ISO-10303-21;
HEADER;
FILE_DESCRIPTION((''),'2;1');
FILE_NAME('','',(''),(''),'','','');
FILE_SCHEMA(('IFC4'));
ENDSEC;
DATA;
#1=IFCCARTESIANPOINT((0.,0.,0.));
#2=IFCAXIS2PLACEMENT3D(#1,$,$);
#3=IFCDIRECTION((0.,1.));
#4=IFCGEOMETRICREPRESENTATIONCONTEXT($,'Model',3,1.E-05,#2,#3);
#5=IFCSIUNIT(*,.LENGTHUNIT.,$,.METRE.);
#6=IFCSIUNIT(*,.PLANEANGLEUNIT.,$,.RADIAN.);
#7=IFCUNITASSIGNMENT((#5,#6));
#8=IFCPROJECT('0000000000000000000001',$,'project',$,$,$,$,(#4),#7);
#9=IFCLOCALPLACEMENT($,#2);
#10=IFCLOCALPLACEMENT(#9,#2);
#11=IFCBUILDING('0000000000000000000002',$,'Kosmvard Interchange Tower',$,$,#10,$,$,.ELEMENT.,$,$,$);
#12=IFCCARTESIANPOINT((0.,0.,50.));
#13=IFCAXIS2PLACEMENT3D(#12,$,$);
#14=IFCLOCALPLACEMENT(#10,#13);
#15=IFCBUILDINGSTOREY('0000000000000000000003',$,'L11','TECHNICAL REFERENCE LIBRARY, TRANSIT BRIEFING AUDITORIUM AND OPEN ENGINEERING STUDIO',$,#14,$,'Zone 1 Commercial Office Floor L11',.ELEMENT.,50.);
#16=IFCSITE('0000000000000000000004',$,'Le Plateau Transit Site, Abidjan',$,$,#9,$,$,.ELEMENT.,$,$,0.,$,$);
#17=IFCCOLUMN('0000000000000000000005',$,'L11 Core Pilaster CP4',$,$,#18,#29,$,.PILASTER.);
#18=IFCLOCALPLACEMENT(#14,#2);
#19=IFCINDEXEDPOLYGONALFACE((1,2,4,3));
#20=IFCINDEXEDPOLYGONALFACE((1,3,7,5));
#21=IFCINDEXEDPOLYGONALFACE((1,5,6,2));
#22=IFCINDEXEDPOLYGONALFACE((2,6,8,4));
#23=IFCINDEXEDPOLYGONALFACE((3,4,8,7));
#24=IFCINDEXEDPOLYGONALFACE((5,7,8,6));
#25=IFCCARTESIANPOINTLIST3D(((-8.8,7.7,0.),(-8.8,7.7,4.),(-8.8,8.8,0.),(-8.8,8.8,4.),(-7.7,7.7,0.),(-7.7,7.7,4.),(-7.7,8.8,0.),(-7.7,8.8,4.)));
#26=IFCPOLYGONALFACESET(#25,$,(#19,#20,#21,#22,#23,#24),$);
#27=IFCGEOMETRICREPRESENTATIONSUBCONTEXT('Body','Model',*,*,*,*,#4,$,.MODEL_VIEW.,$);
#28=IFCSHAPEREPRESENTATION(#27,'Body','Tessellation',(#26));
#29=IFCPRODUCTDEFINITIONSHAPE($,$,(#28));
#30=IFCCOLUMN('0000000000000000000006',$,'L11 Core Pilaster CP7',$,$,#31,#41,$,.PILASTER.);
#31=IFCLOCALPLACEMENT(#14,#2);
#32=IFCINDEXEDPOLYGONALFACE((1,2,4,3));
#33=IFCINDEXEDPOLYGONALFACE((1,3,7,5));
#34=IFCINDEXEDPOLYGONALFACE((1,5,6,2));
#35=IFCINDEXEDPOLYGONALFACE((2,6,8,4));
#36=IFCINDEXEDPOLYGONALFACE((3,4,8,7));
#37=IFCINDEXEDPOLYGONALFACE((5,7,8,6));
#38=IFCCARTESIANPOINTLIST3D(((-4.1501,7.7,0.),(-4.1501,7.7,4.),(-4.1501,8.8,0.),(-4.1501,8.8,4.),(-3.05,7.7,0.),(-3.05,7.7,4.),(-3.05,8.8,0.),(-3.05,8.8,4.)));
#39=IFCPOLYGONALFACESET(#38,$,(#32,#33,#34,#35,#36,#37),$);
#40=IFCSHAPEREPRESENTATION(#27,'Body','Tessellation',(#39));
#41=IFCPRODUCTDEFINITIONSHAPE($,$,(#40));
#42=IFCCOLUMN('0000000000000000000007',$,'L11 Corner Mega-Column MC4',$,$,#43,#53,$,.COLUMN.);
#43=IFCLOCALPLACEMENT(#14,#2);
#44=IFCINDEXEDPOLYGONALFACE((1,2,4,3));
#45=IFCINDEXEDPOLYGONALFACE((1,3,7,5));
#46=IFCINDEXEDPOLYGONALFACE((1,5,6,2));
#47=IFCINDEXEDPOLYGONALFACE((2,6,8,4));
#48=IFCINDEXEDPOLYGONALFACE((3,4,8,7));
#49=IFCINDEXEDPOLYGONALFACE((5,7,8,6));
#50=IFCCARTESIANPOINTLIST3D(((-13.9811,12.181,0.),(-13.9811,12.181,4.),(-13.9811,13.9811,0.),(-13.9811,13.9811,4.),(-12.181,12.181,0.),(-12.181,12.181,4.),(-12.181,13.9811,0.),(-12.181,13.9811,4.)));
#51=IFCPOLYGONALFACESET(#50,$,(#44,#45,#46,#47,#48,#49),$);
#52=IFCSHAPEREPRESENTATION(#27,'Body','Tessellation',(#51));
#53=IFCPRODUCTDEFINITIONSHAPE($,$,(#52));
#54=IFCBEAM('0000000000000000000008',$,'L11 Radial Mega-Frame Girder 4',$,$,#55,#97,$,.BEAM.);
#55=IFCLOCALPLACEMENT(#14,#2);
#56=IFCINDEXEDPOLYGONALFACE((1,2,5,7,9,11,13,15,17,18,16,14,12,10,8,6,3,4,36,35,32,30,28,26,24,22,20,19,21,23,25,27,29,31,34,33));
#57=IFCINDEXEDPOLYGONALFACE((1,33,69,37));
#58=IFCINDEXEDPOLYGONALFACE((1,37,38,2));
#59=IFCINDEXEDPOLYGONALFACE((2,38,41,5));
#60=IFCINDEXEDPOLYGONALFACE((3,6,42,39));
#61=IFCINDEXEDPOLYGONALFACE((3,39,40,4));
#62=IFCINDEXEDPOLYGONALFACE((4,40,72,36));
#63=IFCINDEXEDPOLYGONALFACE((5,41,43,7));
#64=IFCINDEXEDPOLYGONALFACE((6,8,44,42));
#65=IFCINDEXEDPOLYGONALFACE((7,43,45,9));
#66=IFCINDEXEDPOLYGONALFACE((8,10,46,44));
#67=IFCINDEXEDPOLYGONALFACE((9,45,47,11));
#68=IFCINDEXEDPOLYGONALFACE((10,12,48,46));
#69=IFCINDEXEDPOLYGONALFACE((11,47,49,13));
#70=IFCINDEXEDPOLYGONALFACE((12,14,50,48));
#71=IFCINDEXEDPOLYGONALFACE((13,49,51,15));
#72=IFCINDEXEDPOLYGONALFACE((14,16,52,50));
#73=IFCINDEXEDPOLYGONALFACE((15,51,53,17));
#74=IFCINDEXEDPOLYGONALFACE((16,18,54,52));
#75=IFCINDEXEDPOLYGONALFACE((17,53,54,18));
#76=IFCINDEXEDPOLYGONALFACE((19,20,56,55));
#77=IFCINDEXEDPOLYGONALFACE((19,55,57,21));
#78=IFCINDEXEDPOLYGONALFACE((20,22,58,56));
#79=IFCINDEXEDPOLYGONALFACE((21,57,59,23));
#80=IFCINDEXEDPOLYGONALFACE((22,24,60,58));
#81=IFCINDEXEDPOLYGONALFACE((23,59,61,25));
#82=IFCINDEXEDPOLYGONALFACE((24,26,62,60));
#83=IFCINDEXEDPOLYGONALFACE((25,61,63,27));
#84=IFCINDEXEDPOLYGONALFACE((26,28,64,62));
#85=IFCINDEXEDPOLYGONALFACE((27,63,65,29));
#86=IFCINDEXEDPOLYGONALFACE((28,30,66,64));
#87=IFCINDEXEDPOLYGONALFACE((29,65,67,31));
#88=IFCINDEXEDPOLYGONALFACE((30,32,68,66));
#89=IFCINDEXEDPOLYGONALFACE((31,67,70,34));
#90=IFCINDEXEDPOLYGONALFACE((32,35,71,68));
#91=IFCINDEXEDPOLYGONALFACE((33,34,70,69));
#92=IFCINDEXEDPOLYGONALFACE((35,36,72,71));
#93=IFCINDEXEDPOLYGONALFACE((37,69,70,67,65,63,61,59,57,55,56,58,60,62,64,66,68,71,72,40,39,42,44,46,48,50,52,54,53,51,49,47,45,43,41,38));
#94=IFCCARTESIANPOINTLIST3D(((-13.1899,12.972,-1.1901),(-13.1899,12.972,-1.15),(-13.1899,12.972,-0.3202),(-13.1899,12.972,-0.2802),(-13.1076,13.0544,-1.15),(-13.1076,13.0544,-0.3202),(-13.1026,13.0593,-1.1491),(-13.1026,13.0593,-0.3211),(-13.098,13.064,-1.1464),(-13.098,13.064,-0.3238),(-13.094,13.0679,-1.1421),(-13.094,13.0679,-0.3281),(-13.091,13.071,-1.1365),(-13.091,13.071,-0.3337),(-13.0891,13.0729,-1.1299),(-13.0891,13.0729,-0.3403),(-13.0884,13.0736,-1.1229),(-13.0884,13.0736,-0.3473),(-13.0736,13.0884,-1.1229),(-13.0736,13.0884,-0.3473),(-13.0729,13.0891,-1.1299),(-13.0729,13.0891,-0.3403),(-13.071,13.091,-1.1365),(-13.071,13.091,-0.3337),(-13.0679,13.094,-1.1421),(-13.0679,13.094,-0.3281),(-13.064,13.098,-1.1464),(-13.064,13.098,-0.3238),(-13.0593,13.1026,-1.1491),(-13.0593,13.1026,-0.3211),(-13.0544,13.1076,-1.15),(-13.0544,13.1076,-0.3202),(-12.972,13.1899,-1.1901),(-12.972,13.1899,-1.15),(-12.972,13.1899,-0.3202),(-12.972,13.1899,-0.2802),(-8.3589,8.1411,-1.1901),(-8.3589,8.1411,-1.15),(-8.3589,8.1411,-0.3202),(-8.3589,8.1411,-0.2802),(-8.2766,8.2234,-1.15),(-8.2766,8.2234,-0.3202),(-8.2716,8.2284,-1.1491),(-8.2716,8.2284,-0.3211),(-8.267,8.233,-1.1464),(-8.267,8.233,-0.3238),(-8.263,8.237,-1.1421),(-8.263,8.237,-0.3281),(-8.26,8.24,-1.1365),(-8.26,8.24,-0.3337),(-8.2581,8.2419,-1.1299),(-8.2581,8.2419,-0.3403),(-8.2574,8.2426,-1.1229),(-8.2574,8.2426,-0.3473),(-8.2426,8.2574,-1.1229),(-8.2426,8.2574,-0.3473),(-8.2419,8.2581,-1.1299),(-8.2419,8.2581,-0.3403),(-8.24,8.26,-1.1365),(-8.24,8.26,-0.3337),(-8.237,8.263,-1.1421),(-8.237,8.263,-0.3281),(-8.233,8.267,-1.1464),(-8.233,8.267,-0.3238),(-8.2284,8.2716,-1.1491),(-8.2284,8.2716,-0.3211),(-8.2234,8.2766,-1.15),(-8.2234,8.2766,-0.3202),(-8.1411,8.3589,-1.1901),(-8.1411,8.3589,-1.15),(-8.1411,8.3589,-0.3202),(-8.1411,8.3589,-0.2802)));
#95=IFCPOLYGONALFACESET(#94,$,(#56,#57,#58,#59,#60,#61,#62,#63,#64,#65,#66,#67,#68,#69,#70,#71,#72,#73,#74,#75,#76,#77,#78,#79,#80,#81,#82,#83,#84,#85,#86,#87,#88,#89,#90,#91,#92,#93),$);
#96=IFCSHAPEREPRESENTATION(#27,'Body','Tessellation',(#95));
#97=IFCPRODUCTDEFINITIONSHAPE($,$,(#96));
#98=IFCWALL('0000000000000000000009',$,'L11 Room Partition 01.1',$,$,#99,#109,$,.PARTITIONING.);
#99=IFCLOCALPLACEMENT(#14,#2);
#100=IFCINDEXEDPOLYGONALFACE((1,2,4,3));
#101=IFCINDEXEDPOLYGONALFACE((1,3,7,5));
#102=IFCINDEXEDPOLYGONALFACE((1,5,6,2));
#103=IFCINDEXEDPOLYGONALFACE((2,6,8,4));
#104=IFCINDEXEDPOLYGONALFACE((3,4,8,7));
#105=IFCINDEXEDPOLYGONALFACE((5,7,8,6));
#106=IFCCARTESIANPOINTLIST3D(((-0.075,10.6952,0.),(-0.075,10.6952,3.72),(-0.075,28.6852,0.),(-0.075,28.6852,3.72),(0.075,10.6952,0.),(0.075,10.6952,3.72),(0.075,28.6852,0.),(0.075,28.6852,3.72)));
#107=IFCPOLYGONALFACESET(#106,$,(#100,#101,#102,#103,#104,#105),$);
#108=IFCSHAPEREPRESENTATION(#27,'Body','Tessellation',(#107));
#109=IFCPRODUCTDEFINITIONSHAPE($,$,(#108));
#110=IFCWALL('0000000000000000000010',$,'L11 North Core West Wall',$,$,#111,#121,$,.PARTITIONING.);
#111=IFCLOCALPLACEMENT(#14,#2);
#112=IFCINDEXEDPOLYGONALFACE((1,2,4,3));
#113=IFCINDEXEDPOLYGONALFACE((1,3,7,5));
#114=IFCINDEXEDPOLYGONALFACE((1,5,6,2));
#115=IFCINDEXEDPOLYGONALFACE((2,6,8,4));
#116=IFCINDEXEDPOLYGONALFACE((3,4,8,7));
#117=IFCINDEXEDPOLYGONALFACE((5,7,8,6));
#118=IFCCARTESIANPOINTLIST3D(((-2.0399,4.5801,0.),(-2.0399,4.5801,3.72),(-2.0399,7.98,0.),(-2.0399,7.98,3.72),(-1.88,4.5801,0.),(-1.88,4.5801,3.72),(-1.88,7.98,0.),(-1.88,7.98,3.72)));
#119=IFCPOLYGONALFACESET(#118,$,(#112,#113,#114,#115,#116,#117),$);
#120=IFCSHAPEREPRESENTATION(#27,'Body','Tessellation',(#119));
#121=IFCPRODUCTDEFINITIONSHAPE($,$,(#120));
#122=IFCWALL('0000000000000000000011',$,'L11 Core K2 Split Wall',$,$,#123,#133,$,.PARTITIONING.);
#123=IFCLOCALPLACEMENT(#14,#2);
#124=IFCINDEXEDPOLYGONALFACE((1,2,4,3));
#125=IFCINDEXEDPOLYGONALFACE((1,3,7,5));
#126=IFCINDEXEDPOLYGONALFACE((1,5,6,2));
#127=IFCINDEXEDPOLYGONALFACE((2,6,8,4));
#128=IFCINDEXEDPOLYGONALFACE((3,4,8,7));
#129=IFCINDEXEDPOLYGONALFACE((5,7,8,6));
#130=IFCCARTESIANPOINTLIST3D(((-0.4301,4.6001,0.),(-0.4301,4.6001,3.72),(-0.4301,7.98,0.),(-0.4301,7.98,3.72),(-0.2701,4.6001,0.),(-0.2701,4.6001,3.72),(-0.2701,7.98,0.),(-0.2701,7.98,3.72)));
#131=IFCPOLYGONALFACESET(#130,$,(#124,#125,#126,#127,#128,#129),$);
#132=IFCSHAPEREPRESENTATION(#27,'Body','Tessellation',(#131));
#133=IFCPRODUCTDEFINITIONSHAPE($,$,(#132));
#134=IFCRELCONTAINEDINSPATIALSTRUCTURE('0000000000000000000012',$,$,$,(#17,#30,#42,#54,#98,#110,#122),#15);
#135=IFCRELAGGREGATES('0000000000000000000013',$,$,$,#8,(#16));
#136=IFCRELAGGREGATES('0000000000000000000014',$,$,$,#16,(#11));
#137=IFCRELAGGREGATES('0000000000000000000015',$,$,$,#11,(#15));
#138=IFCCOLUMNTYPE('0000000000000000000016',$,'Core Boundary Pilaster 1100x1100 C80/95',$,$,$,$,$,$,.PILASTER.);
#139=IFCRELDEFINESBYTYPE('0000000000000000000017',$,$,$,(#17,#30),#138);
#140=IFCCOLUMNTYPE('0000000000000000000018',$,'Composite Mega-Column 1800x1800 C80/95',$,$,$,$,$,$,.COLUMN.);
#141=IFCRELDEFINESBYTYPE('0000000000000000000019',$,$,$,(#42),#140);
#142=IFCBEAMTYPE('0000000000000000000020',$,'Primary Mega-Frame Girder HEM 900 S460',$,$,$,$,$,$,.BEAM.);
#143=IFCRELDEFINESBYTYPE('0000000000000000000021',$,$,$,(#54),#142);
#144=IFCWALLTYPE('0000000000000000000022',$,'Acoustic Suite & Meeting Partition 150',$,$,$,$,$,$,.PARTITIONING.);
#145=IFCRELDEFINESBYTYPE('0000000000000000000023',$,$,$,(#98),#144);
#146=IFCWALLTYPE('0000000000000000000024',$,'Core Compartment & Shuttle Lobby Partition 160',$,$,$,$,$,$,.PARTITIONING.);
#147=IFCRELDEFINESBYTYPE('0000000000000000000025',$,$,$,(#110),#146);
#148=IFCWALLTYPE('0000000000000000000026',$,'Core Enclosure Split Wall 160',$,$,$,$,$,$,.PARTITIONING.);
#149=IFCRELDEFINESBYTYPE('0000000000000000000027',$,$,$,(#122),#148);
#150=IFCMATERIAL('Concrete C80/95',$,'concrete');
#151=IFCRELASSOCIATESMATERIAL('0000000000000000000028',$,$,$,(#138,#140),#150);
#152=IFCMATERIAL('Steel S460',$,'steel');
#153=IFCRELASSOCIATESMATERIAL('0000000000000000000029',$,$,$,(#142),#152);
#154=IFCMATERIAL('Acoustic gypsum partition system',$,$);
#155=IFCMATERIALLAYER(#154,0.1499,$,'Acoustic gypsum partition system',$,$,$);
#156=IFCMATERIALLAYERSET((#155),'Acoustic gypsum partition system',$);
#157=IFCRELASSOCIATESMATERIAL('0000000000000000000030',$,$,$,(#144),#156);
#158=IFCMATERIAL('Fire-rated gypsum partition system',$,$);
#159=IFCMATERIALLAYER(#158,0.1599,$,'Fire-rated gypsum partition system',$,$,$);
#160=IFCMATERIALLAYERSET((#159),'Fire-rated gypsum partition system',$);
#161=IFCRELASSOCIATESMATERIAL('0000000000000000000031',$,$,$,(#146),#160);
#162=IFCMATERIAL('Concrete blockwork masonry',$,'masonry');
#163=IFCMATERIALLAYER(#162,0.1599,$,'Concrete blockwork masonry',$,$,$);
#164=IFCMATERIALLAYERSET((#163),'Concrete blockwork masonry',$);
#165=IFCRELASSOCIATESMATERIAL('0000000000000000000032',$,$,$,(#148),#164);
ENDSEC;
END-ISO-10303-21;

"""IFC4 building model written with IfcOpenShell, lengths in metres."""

from ifc_helpers import new_model, si_unit, direction, frame, frame_2d, origin, origin_2d, place, context, subcontext, project, spatial, rectangle, i_section, extrude, source, transform, mapped, material, layer, layer_set, material_profile, profile_set, type_object, element, save


model = new_model("IFC4")

# Units and contexts
model_context = context("Model", 3, precision=1e-05, world=origin(), true_north=direction((0.0, 1.0)))
body_context = subcontext(model_context, "Body", "Model", "MODEL_VIEW")
ifc_project = project(units=[si_unit("LENGTHUNIT", "METRE"), si_unit("PLANEANGLEUNIT", "RADIAN")], contexts=[model_context])

# Site, building, storey
site_placement = place(None, origin())
site = spatial("IfcSite", under=ifc_project, at=site_placement, Name="Le Plateau Transit Site, Abidjan", CompositionType="ELEMENT", RefElevation=0.0)
building_placement = place(site_placement, origin())
building = spatial("IfcBuilding", under=site, at=building_placement, Name="Kosmvard Interchange Tower", CompositionType="ELEMENT")
storey_placement = place(building_placement, frame((0.0, 0.0, 50.0)))
storey = spatial("IfcBuildingStorey", under=building, at=storey_placement, Name="L11", Description="TECHNICAL REFERENCE LIBRARY, TRANSIT BRIEFING AUDITORIUM AND OPEN ENGINEERING STUDIO", LongName="Zone 1 Commercial Office Floor L11", CompositionType="ELEMENT", Elevation=50.0)

# Columns
ifc_material_1 = material(Name="Concrete C80/95", Category="concrete")
ifc_material_profile_1 = material_profile(ifc_material_1, rectangle(XDim=1.1001, YDim=1.1001, at=origin_2d()), Name="CP 1100x1100")
ifc_profile_set_1 = profile_set([ifc_material_profile_1], Name="Concrete C80/95")
column_type_1 = type_object("IfcColumnType", Name="Core Boundary Pilaster 1100x1100 C80/95", PredefinedType="PILASTER", material=ifc_profile_set_1)
shared_shape_1 = source(origin(), body_context, "Body", "SweptSolid", [
    extrude(rectangle(XDim=1.1001, YDim=1.1001, at=origin_2d()), origin(), (0.0, 0.0, 1.0), 4.0),
])
for number, where, z_axis, x_axis, name in (
    (1, (-8.25, 8.25, 0.0), (0.0, 0.0, 1.0), (1.0, 0.0, 0.0), "L11 Core Pilaster CP4"),
    (2, (-3.6001, 8.25, 0.0), (0.0, 0.0, 1.0), (1.0, 0.0, 0.0), "L11 Core Pilaster CP7"),
):
    element("IfcColumn", number, at=place(storey_placement, frame(where, z_axis=z_axis, x_axis=x_axis)), inside=storey, type_object=column_type_1, Name=name, PredefinedType="PILASTER", context=body_context, shape_type="MappedRepresentation", body=[
        mapped(shared_shape_1, transform((0.0, 0.0, 0.0), scale=1.0)),
    ])
ifc_material_profile_2 = material_profile(ifc_material_1, rectangle(XDim=1.8, YDim=1.8, at=origin_2d()), Name="MC 1800x1800")
ifc_profile_set_2 = profile_set([ifc_material_profile_2], Name="Concrete C80/95")
column_type_2 = type_object("IfcColumnType", Name="Composite Mega-Column 1800x1800 C80/95", PredefinedType="COLUMN", material=ifc_profile_set_2)
shared_shape_2 = source(origin(), body_context, "Body", "SweptSolid", [
    extrude(rectangle(XDim=1.8, YDim=1.8, at=origin_2d()), origin(), (0.0, 0.0, 1.0), 4.0),
])
column_placement = place(storey_placement, frame((-13.0811, 13.0811, 0.0), z_axis=(0.0, 0.0, 1.0), x_axis=(1.0, 0.0, 0.0)))
element("IfcColumn", 3, at=column_placement, inside=storey, type_object=column_type_2, Name="L11 Corner Mega-Column MC4", PredefinedType="COLUMN", context=body_context, shape_type="MappedRepresentation", body=[
    mapped(shared_shape_2, transform((0.0, 0.0, 0.0), scale=1.0)),
])

# Beam
ifc_material_2 = material(Name="Steel S460", Category="steel")
ifc_material_profile_3 = material_profile(ifc_material_2, i_section(OverallWidth=0.3081, OverallDepth=0.9099, WebThickness=0.021, FlangeThickness=0.04, FilletRadius=0.0271, at=origin_2d()), Name="HEM 900")
ifc_profile_set_3 = profile_set([ifc_material_profile_3], Name="Steel S460")
beam_type = type_object("IfcBeamType", Name="Primary Mega-Frame Girder HEM 900 S460", PredefinedType="BEAM", material=ifc_profile_set_3)
shared_shape_3 = source(origin(), body_context, "Body", "SweptSolid", [
    extrude(i_section(OverallWidth=0.3081, OverallDepth=0.9099, WebThickness=0.021, FlangeThickness=0.04, FilletRadius=0.0271, at=origin_2d()), origin(), (0.0, 0.0, 1.0), 6.832),
])
beam_placement = place(storey_placement, frame((-8.25, 8.25, -0.7351), z_axis=(-0.707107, 0.707107, 0.0), x_axis=(-0.707107, -0.707107, 0.0)))
element("IfcBeam", 4, at=beam_placement, inside=storey, type_object=beam_type, Name="L11 Radial Mega-Frame Girder 4", PredefinedType="BEAM", context=body_context, shape_type="MappedRepresentation", body=[
    mapped(shared_shape_3, transform((0.0, 0.0, 0.0), scale=1.0)),
])

# Walls
ifc_material_3 = material(Name="Acoustic gypsum partition system")
ifc_layer_1 = layer(ifc_material_3, 0.1499, Name="Acoustic gypsum partition system")
ifc_layer_set_1 = layer_set([ifc_layer_1], Name="Acoustic gypsum partition system")
wall_type_1 = type_object("IfcWallType", Name="Acoustic Suite & Meeting Partition 150", PredefinedType="PARTITIONING", material=ifc_layer_set_1)
wall_1_placement = place(storey_placement, frame((0.0, 10.6951, 0.0), z_axis=(0.0, 0.0, 1.0), x_axis=(0.0, 1.0, 0.0)))
element("IfcWall", 5, at=wall_1_placement, inside=storey, type_object=wall_type_1, Name="L11 Room Partition 01.1", PredefinedType="PARTITIONING", context=body_context, shape_type="SweptSolid", body=[
    extrude(rectangle(XDim=17.99, YDim=0.1499, at=frame_2d((8.9951, 0.0))), origin(), (0.0, 0.0, 1.0), 3.72),
])
ifc_material_4 = material(Name="Fire-rated gypsum partition system")
ifc_layer_2 = layer(ifc_material_4, 0.1599, Name="Fire-rated gypsum partition system")
ifc_layer_set_2 = layer_set([ifc_layer_2], Name="Fire-rated gypsum partition system")
wall_type_2 = type_object("IfcWallType", Name="Core Compartment & Shuttle Lobby Partition 160", PredefinedType="PARTITIONING", material=ifc_layer_set_2)
wall_2_placement = place(storey_placement, frame((-1.96, 4.5801, 0.0), z_axis=(0.0, 0.0, 1.0), x_axis=(0.0, 1.0, 0.0)))
element("IfcWall", 6, at=wall_2_placement, inside=storey, type_object=wall_type_2, Name="L11 North Core West Wall", PredefinedType="PARTITIONING", context=body_context, shape_type="SweptSolid", body=[
    extrude(rectangle(XDim=3.3999, YDim=0.1599, at=frame_2d((1.7, 0.0))), origin(), (0.0, 0.0, 1.0), 3.72),
])
ifc_material_5 = material(Name="Concrete blockwork masonry", Category="masonry")
ifc_layer_3 = layer(ifc_material_5, 0.1599, Name="Concrete blockwork masonry")
ifc_layer_set_3 = layer_set([ifc_layer_3], Name="Concrete blockwork masonry")
wall_type_3 = type_object("IfcWallType", Name="Core Enclosure Split Wall 160", PredefinedType="PARTITIONING", material=ifc_layer_set_3)
wall_3_placement = place(storey_placement, frame((-0.3501, 4.6001, 0.0), z_axis=(0.0, 0.0, 1.0), x_axis=(0.0, 1.0, 0.0)))
element("IfcWall", 7, at=wall_3_placement, inside=storey, type_object=wall_type_3, Name="L11 Core K2 Split Wall", PredefinedType="PARTITIONING", context=body_context, shape_type="SweptSolid", body=[
    extrude(rectangle(XDim=3.3799, YDim=0.1599, at=frame_2d((1.6899, 0.0))), origin(), (0.0, 0.0, 1.0), 3.72),
])

save(model, "model.ifc")
